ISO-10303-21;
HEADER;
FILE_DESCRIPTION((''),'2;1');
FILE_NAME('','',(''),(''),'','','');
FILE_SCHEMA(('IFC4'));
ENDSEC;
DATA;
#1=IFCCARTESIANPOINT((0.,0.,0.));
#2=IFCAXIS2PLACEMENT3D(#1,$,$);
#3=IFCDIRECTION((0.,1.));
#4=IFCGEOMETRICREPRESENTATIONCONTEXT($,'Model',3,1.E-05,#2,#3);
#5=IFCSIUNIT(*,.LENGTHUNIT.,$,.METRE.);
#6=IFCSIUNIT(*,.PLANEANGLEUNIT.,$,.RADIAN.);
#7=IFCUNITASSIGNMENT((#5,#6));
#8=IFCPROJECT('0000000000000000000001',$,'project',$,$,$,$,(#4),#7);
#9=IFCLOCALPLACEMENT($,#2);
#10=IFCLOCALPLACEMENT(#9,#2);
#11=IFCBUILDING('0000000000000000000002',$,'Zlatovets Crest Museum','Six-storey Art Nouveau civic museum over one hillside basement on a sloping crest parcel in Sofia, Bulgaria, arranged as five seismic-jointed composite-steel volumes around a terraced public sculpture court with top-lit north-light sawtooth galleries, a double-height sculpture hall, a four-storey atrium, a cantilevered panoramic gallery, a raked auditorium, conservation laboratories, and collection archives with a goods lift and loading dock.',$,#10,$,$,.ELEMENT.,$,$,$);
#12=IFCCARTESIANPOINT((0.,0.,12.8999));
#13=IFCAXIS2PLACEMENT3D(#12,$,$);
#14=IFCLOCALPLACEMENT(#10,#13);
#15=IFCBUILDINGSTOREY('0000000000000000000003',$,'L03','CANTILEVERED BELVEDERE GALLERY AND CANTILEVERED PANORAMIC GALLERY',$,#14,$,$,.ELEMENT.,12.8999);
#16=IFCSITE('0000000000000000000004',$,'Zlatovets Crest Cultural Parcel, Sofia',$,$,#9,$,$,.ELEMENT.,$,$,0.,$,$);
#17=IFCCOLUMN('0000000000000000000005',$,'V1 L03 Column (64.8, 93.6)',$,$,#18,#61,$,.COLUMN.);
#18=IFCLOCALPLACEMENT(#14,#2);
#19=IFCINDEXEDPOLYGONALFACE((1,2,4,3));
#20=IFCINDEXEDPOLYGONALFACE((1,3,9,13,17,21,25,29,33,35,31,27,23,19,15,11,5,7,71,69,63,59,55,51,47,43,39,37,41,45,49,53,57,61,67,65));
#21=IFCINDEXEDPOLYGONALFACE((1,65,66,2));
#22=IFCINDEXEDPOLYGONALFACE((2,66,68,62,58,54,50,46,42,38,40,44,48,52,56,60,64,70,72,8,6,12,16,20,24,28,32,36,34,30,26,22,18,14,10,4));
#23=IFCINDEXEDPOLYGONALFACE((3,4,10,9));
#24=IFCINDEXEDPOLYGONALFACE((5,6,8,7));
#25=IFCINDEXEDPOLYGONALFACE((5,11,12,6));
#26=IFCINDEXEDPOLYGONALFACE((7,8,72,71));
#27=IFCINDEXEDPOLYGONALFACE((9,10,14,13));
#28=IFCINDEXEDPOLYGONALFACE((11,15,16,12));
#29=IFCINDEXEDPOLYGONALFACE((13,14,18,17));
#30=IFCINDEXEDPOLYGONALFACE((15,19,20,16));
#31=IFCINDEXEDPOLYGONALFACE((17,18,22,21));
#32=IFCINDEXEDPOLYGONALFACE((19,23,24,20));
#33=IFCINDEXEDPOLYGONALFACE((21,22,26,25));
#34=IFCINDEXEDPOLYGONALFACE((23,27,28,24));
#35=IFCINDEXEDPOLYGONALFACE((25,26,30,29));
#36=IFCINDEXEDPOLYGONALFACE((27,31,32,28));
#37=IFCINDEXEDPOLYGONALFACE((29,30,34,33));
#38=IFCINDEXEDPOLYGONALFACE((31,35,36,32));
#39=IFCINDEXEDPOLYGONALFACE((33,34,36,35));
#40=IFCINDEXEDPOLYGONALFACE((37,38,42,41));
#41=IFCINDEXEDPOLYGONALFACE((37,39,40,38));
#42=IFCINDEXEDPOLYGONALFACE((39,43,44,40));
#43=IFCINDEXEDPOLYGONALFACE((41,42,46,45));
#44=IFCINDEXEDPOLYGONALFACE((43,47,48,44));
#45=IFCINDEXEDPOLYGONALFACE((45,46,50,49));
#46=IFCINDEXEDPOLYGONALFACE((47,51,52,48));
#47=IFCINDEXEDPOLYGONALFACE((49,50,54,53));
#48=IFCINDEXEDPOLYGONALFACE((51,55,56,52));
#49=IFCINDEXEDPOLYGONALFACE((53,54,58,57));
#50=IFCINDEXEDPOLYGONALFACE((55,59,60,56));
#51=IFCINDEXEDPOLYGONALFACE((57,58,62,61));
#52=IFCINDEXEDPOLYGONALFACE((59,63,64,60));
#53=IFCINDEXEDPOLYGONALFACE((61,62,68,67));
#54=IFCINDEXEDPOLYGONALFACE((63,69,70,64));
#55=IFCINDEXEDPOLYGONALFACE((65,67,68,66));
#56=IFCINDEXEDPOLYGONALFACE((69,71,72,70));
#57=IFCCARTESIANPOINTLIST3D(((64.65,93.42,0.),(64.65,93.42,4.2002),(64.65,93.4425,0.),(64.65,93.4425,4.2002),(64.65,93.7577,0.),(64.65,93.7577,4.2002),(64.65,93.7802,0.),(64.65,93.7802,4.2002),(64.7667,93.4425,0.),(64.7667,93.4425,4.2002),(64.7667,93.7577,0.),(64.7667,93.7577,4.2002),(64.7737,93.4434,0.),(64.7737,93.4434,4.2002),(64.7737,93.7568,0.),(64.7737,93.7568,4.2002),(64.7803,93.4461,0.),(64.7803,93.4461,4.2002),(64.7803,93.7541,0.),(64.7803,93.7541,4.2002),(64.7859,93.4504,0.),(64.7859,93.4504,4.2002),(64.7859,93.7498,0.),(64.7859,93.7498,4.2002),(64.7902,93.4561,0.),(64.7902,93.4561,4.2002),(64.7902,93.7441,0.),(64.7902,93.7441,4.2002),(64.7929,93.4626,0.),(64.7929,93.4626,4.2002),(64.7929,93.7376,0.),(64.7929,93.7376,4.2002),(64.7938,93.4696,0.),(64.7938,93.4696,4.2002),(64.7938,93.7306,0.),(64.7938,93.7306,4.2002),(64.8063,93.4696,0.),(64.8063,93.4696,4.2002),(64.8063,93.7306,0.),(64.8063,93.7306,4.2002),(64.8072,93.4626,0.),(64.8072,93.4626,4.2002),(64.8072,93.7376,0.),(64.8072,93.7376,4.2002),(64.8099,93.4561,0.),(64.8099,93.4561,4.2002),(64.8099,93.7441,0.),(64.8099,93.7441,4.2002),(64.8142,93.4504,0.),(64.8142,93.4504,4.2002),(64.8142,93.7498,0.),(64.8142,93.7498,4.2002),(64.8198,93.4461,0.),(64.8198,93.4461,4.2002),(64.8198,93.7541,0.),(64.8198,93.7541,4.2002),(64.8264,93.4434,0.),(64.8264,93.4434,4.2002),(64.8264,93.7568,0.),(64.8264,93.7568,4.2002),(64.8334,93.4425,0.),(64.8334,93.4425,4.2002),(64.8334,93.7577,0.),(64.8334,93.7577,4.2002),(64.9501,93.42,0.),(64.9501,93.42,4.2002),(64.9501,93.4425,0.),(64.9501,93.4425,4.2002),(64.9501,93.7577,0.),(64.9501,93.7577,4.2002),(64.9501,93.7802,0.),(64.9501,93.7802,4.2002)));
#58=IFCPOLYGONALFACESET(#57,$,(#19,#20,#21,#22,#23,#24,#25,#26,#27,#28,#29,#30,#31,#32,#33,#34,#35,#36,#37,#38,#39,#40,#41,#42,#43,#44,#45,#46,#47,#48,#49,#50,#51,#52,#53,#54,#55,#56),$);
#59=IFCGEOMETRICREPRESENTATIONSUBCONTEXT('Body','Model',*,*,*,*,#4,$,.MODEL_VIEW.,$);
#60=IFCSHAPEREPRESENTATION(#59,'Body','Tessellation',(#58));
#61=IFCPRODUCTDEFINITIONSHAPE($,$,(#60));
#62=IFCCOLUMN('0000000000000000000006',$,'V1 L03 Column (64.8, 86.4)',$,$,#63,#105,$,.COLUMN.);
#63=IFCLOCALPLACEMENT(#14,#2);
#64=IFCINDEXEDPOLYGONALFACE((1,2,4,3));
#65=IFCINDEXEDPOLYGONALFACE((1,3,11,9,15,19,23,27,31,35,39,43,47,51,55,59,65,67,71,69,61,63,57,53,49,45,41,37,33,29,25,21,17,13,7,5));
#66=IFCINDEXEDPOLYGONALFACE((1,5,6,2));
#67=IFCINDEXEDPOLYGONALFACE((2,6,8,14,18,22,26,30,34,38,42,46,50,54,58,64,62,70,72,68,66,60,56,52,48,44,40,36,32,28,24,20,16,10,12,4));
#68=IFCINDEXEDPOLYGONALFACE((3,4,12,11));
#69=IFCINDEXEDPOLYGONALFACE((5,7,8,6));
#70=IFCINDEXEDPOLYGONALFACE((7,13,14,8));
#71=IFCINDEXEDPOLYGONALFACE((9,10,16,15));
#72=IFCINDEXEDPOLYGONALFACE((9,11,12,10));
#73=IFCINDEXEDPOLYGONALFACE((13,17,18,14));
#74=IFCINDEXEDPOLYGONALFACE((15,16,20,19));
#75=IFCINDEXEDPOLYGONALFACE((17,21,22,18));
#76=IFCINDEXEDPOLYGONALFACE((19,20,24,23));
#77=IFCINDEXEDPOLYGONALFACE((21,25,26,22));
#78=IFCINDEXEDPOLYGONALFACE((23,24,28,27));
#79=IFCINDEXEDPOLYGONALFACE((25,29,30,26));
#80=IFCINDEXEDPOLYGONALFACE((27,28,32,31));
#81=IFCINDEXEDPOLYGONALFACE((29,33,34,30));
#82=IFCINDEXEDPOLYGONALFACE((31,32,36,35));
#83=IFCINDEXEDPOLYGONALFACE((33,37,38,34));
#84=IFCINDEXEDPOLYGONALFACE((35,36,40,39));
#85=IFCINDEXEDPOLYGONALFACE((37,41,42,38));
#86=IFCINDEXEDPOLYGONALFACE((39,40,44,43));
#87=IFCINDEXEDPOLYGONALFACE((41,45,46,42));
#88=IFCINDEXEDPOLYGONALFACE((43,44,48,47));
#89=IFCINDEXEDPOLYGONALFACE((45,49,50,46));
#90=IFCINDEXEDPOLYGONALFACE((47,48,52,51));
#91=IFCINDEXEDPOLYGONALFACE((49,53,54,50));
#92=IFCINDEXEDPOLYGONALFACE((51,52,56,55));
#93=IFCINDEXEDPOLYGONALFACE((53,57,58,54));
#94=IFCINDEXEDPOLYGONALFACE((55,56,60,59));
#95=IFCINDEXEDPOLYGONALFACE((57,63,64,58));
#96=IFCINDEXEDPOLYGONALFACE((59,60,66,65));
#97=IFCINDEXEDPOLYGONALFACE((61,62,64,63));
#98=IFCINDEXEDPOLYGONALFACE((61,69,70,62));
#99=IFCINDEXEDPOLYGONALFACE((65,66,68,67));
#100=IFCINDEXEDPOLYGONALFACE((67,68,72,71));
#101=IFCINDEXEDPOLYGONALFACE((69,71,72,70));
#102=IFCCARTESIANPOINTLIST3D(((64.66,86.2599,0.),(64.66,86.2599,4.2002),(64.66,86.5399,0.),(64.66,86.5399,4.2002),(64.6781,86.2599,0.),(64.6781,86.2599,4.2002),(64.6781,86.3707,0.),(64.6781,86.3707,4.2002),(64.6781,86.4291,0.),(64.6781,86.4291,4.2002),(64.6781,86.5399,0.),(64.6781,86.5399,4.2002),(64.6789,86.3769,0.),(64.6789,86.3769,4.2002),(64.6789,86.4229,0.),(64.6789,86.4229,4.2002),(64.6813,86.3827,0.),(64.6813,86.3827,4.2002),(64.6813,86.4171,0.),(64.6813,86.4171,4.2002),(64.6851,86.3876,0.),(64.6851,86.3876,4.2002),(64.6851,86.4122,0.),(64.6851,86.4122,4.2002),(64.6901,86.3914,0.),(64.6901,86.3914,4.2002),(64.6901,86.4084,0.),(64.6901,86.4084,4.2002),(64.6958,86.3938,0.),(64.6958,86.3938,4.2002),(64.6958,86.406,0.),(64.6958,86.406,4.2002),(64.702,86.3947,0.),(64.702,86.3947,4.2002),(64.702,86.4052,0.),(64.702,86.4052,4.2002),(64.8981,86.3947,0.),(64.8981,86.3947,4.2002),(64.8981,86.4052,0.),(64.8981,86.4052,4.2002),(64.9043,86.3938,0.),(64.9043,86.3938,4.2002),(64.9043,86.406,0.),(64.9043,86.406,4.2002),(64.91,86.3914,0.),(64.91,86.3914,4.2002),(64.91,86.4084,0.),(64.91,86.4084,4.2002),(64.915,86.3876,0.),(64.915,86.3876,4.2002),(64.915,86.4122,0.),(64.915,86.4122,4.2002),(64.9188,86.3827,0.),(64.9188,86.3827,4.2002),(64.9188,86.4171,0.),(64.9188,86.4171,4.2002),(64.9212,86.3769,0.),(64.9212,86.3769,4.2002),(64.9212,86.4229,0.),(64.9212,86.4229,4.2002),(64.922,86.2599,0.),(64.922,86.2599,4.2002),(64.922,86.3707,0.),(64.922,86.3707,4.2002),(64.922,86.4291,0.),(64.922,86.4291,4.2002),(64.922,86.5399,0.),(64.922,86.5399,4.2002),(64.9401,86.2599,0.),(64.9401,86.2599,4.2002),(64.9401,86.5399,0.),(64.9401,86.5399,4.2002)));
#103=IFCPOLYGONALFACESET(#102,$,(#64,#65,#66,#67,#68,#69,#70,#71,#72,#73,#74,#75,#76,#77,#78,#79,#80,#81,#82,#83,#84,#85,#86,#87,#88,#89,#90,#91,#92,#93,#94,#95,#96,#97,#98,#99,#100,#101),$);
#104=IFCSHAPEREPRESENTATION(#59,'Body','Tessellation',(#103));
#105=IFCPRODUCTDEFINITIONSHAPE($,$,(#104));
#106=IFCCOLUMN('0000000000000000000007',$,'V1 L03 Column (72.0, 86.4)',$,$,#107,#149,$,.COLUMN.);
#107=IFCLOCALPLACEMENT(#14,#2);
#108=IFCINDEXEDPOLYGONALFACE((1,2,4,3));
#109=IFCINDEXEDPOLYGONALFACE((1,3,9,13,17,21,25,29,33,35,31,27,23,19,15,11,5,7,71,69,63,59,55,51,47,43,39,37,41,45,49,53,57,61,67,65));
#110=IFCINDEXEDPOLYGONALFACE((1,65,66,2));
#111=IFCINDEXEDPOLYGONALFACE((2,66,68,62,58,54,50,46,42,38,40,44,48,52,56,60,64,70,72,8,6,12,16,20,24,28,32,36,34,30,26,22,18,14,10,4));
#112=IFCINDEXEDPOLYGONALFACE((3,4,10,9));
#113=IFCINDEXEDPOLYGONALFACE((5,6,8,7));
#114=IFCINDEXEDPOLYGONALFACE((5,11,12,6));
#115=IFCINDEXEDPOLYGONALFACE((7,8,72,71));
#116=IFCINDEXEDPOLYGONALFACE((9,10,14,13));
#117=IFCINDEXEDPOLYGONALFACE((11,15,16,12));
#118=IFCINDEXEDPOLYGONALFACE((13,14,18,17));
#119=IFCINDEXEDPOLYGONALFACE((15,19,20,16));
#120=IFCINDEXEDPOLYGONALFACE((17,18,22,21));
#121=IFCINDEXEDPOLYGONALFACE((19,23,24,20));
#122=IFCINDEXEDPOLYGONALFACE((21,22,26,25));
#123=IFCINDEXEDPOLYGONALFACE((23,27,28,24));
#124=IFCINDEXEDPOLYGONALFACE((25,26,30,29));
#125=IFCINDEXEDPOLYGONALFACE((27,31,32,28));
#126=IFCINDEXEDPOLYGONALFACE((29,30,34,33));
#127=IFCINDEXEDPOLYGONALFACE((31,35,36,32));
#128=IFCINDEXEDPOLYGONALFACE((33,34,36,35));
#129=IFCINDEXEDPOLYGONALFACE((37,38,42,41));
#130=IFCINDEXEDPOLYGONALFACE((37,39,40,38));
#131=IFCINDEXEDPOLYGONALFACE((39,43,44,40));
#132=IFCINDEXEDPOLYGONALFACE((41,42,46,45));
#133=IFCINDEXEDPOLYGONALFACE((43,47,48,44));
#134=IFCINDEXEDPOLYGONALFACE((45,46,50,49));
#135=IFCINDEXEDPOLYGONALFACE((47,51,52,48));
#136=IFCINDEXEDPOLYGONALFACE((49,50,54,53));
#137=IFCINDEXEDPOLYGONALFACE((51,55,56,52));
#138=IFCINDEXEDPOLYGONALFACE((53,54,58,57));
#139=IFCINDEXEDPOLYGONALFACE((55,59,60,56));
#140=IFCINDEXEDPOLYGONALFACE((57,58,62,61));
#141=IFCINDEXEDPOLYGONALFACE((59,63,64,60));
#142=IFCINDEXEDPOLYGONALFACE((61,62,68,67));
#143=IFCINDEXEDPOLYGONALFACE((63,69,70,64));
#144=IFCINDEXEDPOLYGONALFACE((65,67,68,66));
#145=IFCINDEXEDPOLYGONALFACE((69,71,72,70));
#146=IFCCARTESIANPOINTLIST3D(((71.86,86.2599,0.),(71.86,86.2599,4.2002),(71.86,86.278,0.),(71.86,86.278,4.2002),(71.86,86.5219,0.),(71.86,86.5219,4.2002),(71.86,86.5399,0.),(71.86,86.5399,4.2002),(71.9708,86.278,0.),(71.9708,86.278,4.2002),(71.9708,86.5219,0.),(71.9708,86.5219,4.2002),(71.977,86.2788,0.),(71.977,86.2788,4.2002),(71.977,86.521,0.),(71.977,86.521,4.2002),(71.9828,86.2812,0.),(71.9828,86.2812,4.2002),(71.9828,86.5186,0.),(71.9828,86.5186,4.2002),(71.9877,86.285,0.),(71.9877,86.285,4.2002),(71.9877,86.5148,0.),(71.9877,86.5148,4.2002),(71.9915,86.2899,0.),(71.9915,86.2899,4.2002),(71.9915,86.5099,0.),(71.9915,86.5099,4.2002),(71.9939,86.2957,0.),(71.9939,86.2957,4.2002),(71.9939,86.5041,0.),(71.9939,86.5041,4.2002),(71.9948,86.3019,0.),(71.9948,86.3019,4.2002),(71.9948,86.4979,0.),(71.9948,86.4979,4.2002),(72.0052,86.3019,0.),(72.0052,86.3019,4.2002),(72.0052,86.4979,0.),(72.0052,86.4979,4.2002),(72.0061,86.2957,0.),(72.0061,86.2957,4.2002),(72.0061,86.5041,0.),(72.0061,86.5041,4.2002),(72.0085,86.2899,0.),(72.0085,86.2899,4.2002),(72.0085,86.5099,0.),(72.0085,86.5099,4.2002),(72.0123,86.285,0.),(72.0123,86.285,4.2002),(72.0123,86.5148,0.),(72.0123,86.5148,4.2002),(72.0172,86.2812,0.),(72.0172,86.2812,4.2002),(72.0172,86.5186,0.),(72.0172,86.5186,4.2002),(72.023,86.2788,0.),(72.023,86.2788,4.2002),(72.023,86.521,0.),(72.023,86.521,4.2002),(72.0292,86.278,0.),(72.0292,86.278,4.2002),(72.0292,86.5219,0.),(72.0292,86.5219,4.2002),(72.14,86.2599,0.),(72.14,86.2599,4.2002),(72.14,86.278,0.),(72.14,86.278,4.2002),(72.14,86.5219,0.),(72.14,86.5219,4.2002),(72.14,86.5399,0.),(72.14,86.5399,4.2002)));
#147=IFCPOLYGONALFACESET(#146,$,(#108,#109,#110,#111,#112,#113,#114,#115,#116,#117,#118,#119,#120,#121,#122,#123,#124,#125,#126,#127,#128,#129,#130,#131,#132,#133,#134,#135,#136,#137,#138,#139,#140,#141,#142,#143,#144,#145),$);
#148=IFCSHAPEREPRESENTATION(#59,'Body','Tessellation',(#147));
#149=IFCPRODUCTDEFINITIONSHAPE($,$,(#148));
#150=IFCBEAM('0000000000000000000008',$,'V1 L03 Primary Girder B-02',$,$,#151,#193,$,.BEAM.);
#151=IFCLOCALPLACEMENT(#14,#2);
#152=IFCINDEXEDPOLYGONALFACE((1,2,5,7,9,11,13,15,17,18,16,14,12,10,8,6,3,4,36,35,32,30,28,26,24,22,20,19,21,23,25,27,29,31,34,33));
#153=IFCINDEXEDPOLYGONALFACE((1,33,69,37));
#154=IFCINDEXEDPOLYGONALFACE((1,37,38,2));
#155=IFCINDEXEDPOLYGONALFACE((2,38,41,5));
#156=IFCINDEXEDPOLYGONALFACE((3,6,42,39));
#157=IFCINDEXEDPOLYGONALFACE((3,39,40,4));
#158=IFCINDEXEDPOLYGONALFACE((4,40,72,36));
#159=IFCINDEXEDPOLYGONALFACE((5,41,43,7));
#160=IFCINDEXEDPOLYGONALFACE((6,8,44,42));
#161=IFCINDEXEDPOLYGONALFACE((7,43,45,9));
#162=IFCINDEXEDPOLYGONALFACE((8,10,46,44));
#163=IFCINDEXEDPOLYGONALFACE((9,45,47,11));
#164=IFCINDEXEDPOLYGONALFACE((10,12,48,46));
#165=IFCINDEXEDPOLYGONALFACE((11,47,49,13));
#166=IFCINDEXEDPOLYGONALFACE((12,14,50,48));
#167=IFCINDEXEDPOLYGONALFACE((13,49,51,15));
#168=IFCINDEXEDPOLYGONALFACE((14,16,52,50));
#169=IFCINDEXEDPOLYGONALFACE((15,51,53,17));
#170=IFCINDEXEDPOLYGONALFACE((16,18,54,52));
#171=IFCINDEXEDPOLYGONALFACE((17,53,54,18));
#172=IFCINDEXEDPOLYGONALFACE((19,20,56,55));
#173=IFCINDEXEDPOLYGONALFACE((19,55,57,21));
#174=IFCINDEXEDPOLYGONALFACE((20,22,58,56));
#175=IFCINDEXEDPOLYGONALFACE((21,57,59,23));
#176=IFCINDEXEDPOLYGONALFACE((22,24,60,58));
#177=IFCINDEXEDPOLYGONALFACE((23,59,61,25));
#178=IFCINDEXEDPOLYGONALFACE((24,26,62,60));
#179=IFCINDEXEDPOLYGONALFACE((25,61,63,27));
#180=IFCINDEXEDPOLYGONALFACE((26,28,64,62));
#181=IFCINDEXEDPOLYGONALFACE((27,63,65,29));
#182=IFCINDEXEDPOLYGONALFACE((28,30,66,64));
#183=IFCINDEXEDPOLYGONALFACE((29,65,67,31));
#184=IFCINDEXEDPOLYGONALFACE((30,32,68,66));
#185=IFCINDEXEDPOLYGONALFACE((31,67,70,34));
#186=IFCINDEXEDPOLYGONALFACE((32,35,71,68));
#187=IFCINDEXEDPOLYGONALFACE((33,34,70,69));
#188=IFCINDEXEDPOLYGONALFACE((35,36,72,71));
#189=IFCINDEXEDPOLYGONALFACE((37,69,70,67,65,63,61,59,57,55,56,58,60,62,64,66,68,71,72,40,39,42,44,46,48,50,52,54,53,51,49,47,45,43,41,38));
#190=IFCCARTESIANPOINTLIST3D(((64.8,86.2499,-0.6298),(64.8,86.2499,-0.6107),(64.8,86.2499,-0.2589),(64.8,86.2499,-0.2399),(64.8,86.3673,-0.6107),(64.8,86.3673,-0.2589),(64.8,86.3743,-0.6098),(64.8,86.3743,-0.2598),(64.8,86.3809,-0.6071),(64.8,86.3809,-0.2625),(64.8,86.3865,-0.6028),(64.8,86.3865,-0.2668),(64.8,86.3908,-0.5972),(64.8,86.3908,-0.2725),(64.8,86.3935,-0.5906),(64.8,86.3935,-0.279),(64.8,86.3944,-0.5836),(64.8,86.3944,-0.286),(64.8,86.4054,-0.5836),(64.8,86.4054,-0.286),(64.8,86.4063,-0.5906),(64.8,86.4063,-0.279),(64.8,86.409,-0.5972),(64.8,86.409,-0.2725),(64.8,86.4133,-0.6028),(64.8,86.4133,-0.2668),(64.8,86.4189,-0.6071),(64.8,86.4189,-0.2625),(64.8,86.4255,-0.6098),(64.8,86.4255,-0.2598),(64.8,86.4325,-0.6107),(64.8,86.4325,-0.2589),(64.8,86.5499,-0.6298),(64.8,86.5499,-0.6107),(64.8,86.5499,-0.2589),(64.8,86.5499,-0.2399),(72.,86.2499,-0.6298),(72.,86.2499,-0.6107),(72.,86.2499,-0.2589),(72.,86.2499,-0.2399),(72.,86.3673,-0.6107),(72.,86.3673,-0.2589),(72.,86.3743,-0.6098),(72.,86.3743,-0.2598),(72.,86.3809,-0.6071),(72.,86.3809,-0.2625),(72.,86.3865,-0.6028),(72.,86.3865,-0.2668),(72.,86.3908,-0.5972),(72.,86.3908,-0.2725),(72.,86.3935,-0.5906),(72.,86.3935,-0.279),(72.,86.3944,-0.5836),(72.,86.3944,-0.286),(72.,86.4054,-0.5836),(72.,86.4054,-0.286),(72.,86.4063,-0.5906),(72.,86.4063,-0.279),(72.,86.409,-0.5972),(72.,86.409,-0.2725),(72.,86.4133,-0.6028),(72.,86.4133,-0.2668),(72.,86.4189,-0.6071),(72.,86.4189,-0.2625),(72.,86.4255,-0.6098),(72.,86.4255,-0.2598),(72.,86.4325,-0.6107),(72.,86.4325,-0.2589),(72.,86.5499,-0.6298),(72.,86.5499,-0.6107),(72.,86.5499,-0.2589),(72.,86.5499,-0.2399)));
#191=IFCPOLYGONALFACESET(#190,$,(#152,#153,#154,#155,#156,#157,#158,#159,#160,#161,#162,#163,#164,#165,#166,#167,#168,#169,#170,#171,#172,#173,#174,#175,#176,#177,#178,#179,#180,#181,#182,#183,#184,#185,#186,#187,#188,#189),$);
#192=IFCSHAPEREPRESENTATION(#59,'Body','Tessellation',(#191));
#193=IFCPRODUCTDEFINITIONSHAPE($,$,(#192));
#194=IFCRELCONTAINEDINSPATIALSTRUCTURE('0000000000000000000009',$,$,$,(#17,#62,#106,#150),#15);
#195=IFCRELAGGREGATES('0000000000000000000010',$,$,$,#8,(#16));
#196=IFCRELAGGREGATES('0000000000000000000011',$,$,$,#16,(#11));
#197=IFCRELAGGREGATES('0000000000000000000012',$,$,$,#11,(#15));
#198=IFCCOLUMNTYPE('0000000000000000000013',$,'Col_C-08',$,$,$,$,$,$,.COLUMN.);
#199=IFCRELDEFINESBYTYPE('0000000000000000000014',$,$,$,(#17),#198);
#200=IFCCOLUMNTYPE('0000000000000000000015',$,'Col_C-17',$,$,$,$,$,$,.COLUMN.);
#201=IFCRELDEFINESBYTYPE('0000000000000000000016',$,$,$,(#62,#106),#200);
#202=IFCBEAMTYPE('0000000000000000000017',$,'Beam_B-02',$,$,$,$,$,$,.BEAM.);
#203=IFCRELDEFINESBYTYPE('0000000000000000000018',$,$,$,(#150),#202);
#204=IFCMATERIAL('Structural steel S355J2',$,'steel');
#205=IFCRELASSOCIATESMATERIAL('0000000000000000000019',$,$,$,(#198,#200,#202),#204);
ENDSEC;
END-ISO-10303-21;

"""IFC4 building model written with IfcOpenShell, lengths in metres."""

from ifc_helpers import new_model, si_unit, direction, frame, origin, origin_2d, place, context, subcontext, project, spatial, i_section, extrude, material, material_profile, profile_set, type_object, element, save


model = new_model("IFC4")

# Units and contexts
model_context = context("Model", 3, precision=1e-05, world=origin(), true_north=direction((0.0, 1.0)))
body_context = subcontext(model_context, "Body", "Model", "MODEL_VIEW")
ifc_project = project(units=[si_unit("LENGTHUNIT", "METRE"), si_unit("PLANEANGLEUNIT", "RADIAN")], contexts=[model_context])

# Site, building, storey
site_placement = place(None, origin())
site = spatial("IfcSite", under=ifc_project, at=site_placement, Name="Zlatovets Crest Cultural Parcel, Sofia", CompositionType="ELEMENT", RefElevation=0.0)
building_placement = place(site_placement, origin())
building = spatial("IfcBuilding", under=site, at=building_placement, Name="Zlatovets Crest Museum", Description="Six-storey Art Nouveau civic museum over one hillside basement on a sloping crest parcel in Sofia, Bulgaria, arranged as five seismic-jointed composite-steel volumes around a terraced public sculpture court with top-lit north-light sawtooth galleries, a double-height sculpture hall, a four-storey atrium, a cantilevered panoramic gallery, a raked auditorium, conservation laboratories, and collection archives with a goods lift and loading dock.", CompositionType="ELEMENT")
storey_placement = place(building_placement, frame((0.0, 0.0, 12.8999)))
storey = spatial("IfcBuildingStorey", under=building, at=storey_placement, Name="L03", Description="CANTILEVERED BELVEDERE GALLERY AND CANTILEVERED PANORAMIC GALLERY", CompositionType="ELEMENT", Elevation=12.8999)

# Columns
ifc_material_1 = material(Name="Structural steel S355J2", Category="steel")
ifc_material_profile_1 = material_profile(ifc_material_1, i_section(OverallWidth=0.3, OverallDepth=0.3601, WebThickness=0.0125, FlangeThickness=0.0225, FilletRadius=0.0271, at=origin_2d()), Name="HEB 360")
ifc_profile_set_1 = profile_set([ifc_material_profile_1], Name="Structural steel S355J2")
column_type_1 = type_object("IfcColumnType", Name="Col_C-08", PredefinedType="COLUMN", material=ifc_profile_set_1)
column_placement = place(storey_placement, frame((64.8, 93.6001, 0.0), z_axis=(0.0, 0.0, 1.0), x_axis=(1.0, 0.0, 0.0)))
element("IfcColumn", 1, at=column_placement, inside=storey, type_object=column_type_1, Name="V1 L03 Column (64.8, 93.6)", PredefinedType="COLUMN", context=body_context, shape_type="SweptSolid", body=[
    extrude(i_section(OverallWidth=0.3, OverallDepth=0.3601, WebThickness=0.0125, FlangeThickness=0.0225, FilletRadius=0.0271, at=origin_2d()), origin(), (0.0, 0.0, 1.0), 4.2002),
])
ifc_material_profile_2 = material_profile(ifc_material_1, i_section(OverallWidth=0.28, OverallDepth=0.28, WebThickness=0.0105, FlangeThickness=0.0181, FilletRadius=0.0239, at=origin_2d()), Name="HEB 280")
ifc_profile_set_2 = profile_set([ifc_material_profile_2], Name="Structural steel S355J2")
column_type_2 = type_object("IfcColumnType", Name="Col_C-17", PredefinedType="COLUMN", material=ifc_profile_set_2)
for number, where, z_axis, x_axis, name in (
    (2, (64.8, 86.3999, 0.0), (0.0, 0.0, 1.0), (0.0, 1.0, 0.0), "V1 L03 Column (64.8, 86.4)"),
    (3, (72.0, 86.3999, 0.0), (0.0, 0.0, 1.0), (1.0, 0.0, 0.0), "V1 L03 Column (72.0, 86.4)"),
):
    element("IfcColumn", number, at=place(storey_placement, frame(where, z_axis=z_axis, x_axis=x_axis)), inside=storey, type_object=column_type_2, Name=name, PredefinedType="COLUMN", context=body_context, shape_type="SweptSolid", body=[
        extrude(i_section(OverallWidth=0.28, OverallDepth=0.28, WebThickness=0.0105, FlangeThickness=0.0181, FilletRadius=0.0239, at=origin_2d()), origin(), (0.0, 0.0, 1.0), 4.2002),
    ])

# Beam
ifc_material_profile_3 = material_profile(ifc_material_1, i_section(OverallWidth=0.3, OverallDepth=0.3899, WebThickness=0.011, FlangeThickness=0.019, FilletRadius=0.0271, at=origin_2d()), Name="HEA 400")
ifc_profile_set_3 = profile_set([ifc_material_profile_3], Name="Structural steel S355J2")
beam_type_1 = type_object("IfcBeamType", Name="Beam_B-02", PredefinedType="BEAM", material=ifc_profile_set_3)
for number, where, z_axis, x_axis, name in (
    (4, (64.8, 86.3999, -0.4348), (1.0, 0.0, 0.0), (0.0, 1.0, 0.0), "V1 L03 Primary Girder B-02"),
):
    element("IfcBeam", number, at=place(storey_placement, frame(where, z_axis=z_axis, x_axis=x_axis)), inside=storey, type_object=beam_type_1, Name=name, PredefinedType="BEAM", context=body_context, shape_type="SweptSolid", body=[
        extrude(i_section(OverallWidth=0.3, OverallDepth=0.3899, WebThickness=0.011, FlangeThickness=0.019, FilletRadius=0.0271, at=origin_2d()), origin(), (0.0, 0.0, 1.0), 7.2),
    ])

save(model, "model.ifc")
